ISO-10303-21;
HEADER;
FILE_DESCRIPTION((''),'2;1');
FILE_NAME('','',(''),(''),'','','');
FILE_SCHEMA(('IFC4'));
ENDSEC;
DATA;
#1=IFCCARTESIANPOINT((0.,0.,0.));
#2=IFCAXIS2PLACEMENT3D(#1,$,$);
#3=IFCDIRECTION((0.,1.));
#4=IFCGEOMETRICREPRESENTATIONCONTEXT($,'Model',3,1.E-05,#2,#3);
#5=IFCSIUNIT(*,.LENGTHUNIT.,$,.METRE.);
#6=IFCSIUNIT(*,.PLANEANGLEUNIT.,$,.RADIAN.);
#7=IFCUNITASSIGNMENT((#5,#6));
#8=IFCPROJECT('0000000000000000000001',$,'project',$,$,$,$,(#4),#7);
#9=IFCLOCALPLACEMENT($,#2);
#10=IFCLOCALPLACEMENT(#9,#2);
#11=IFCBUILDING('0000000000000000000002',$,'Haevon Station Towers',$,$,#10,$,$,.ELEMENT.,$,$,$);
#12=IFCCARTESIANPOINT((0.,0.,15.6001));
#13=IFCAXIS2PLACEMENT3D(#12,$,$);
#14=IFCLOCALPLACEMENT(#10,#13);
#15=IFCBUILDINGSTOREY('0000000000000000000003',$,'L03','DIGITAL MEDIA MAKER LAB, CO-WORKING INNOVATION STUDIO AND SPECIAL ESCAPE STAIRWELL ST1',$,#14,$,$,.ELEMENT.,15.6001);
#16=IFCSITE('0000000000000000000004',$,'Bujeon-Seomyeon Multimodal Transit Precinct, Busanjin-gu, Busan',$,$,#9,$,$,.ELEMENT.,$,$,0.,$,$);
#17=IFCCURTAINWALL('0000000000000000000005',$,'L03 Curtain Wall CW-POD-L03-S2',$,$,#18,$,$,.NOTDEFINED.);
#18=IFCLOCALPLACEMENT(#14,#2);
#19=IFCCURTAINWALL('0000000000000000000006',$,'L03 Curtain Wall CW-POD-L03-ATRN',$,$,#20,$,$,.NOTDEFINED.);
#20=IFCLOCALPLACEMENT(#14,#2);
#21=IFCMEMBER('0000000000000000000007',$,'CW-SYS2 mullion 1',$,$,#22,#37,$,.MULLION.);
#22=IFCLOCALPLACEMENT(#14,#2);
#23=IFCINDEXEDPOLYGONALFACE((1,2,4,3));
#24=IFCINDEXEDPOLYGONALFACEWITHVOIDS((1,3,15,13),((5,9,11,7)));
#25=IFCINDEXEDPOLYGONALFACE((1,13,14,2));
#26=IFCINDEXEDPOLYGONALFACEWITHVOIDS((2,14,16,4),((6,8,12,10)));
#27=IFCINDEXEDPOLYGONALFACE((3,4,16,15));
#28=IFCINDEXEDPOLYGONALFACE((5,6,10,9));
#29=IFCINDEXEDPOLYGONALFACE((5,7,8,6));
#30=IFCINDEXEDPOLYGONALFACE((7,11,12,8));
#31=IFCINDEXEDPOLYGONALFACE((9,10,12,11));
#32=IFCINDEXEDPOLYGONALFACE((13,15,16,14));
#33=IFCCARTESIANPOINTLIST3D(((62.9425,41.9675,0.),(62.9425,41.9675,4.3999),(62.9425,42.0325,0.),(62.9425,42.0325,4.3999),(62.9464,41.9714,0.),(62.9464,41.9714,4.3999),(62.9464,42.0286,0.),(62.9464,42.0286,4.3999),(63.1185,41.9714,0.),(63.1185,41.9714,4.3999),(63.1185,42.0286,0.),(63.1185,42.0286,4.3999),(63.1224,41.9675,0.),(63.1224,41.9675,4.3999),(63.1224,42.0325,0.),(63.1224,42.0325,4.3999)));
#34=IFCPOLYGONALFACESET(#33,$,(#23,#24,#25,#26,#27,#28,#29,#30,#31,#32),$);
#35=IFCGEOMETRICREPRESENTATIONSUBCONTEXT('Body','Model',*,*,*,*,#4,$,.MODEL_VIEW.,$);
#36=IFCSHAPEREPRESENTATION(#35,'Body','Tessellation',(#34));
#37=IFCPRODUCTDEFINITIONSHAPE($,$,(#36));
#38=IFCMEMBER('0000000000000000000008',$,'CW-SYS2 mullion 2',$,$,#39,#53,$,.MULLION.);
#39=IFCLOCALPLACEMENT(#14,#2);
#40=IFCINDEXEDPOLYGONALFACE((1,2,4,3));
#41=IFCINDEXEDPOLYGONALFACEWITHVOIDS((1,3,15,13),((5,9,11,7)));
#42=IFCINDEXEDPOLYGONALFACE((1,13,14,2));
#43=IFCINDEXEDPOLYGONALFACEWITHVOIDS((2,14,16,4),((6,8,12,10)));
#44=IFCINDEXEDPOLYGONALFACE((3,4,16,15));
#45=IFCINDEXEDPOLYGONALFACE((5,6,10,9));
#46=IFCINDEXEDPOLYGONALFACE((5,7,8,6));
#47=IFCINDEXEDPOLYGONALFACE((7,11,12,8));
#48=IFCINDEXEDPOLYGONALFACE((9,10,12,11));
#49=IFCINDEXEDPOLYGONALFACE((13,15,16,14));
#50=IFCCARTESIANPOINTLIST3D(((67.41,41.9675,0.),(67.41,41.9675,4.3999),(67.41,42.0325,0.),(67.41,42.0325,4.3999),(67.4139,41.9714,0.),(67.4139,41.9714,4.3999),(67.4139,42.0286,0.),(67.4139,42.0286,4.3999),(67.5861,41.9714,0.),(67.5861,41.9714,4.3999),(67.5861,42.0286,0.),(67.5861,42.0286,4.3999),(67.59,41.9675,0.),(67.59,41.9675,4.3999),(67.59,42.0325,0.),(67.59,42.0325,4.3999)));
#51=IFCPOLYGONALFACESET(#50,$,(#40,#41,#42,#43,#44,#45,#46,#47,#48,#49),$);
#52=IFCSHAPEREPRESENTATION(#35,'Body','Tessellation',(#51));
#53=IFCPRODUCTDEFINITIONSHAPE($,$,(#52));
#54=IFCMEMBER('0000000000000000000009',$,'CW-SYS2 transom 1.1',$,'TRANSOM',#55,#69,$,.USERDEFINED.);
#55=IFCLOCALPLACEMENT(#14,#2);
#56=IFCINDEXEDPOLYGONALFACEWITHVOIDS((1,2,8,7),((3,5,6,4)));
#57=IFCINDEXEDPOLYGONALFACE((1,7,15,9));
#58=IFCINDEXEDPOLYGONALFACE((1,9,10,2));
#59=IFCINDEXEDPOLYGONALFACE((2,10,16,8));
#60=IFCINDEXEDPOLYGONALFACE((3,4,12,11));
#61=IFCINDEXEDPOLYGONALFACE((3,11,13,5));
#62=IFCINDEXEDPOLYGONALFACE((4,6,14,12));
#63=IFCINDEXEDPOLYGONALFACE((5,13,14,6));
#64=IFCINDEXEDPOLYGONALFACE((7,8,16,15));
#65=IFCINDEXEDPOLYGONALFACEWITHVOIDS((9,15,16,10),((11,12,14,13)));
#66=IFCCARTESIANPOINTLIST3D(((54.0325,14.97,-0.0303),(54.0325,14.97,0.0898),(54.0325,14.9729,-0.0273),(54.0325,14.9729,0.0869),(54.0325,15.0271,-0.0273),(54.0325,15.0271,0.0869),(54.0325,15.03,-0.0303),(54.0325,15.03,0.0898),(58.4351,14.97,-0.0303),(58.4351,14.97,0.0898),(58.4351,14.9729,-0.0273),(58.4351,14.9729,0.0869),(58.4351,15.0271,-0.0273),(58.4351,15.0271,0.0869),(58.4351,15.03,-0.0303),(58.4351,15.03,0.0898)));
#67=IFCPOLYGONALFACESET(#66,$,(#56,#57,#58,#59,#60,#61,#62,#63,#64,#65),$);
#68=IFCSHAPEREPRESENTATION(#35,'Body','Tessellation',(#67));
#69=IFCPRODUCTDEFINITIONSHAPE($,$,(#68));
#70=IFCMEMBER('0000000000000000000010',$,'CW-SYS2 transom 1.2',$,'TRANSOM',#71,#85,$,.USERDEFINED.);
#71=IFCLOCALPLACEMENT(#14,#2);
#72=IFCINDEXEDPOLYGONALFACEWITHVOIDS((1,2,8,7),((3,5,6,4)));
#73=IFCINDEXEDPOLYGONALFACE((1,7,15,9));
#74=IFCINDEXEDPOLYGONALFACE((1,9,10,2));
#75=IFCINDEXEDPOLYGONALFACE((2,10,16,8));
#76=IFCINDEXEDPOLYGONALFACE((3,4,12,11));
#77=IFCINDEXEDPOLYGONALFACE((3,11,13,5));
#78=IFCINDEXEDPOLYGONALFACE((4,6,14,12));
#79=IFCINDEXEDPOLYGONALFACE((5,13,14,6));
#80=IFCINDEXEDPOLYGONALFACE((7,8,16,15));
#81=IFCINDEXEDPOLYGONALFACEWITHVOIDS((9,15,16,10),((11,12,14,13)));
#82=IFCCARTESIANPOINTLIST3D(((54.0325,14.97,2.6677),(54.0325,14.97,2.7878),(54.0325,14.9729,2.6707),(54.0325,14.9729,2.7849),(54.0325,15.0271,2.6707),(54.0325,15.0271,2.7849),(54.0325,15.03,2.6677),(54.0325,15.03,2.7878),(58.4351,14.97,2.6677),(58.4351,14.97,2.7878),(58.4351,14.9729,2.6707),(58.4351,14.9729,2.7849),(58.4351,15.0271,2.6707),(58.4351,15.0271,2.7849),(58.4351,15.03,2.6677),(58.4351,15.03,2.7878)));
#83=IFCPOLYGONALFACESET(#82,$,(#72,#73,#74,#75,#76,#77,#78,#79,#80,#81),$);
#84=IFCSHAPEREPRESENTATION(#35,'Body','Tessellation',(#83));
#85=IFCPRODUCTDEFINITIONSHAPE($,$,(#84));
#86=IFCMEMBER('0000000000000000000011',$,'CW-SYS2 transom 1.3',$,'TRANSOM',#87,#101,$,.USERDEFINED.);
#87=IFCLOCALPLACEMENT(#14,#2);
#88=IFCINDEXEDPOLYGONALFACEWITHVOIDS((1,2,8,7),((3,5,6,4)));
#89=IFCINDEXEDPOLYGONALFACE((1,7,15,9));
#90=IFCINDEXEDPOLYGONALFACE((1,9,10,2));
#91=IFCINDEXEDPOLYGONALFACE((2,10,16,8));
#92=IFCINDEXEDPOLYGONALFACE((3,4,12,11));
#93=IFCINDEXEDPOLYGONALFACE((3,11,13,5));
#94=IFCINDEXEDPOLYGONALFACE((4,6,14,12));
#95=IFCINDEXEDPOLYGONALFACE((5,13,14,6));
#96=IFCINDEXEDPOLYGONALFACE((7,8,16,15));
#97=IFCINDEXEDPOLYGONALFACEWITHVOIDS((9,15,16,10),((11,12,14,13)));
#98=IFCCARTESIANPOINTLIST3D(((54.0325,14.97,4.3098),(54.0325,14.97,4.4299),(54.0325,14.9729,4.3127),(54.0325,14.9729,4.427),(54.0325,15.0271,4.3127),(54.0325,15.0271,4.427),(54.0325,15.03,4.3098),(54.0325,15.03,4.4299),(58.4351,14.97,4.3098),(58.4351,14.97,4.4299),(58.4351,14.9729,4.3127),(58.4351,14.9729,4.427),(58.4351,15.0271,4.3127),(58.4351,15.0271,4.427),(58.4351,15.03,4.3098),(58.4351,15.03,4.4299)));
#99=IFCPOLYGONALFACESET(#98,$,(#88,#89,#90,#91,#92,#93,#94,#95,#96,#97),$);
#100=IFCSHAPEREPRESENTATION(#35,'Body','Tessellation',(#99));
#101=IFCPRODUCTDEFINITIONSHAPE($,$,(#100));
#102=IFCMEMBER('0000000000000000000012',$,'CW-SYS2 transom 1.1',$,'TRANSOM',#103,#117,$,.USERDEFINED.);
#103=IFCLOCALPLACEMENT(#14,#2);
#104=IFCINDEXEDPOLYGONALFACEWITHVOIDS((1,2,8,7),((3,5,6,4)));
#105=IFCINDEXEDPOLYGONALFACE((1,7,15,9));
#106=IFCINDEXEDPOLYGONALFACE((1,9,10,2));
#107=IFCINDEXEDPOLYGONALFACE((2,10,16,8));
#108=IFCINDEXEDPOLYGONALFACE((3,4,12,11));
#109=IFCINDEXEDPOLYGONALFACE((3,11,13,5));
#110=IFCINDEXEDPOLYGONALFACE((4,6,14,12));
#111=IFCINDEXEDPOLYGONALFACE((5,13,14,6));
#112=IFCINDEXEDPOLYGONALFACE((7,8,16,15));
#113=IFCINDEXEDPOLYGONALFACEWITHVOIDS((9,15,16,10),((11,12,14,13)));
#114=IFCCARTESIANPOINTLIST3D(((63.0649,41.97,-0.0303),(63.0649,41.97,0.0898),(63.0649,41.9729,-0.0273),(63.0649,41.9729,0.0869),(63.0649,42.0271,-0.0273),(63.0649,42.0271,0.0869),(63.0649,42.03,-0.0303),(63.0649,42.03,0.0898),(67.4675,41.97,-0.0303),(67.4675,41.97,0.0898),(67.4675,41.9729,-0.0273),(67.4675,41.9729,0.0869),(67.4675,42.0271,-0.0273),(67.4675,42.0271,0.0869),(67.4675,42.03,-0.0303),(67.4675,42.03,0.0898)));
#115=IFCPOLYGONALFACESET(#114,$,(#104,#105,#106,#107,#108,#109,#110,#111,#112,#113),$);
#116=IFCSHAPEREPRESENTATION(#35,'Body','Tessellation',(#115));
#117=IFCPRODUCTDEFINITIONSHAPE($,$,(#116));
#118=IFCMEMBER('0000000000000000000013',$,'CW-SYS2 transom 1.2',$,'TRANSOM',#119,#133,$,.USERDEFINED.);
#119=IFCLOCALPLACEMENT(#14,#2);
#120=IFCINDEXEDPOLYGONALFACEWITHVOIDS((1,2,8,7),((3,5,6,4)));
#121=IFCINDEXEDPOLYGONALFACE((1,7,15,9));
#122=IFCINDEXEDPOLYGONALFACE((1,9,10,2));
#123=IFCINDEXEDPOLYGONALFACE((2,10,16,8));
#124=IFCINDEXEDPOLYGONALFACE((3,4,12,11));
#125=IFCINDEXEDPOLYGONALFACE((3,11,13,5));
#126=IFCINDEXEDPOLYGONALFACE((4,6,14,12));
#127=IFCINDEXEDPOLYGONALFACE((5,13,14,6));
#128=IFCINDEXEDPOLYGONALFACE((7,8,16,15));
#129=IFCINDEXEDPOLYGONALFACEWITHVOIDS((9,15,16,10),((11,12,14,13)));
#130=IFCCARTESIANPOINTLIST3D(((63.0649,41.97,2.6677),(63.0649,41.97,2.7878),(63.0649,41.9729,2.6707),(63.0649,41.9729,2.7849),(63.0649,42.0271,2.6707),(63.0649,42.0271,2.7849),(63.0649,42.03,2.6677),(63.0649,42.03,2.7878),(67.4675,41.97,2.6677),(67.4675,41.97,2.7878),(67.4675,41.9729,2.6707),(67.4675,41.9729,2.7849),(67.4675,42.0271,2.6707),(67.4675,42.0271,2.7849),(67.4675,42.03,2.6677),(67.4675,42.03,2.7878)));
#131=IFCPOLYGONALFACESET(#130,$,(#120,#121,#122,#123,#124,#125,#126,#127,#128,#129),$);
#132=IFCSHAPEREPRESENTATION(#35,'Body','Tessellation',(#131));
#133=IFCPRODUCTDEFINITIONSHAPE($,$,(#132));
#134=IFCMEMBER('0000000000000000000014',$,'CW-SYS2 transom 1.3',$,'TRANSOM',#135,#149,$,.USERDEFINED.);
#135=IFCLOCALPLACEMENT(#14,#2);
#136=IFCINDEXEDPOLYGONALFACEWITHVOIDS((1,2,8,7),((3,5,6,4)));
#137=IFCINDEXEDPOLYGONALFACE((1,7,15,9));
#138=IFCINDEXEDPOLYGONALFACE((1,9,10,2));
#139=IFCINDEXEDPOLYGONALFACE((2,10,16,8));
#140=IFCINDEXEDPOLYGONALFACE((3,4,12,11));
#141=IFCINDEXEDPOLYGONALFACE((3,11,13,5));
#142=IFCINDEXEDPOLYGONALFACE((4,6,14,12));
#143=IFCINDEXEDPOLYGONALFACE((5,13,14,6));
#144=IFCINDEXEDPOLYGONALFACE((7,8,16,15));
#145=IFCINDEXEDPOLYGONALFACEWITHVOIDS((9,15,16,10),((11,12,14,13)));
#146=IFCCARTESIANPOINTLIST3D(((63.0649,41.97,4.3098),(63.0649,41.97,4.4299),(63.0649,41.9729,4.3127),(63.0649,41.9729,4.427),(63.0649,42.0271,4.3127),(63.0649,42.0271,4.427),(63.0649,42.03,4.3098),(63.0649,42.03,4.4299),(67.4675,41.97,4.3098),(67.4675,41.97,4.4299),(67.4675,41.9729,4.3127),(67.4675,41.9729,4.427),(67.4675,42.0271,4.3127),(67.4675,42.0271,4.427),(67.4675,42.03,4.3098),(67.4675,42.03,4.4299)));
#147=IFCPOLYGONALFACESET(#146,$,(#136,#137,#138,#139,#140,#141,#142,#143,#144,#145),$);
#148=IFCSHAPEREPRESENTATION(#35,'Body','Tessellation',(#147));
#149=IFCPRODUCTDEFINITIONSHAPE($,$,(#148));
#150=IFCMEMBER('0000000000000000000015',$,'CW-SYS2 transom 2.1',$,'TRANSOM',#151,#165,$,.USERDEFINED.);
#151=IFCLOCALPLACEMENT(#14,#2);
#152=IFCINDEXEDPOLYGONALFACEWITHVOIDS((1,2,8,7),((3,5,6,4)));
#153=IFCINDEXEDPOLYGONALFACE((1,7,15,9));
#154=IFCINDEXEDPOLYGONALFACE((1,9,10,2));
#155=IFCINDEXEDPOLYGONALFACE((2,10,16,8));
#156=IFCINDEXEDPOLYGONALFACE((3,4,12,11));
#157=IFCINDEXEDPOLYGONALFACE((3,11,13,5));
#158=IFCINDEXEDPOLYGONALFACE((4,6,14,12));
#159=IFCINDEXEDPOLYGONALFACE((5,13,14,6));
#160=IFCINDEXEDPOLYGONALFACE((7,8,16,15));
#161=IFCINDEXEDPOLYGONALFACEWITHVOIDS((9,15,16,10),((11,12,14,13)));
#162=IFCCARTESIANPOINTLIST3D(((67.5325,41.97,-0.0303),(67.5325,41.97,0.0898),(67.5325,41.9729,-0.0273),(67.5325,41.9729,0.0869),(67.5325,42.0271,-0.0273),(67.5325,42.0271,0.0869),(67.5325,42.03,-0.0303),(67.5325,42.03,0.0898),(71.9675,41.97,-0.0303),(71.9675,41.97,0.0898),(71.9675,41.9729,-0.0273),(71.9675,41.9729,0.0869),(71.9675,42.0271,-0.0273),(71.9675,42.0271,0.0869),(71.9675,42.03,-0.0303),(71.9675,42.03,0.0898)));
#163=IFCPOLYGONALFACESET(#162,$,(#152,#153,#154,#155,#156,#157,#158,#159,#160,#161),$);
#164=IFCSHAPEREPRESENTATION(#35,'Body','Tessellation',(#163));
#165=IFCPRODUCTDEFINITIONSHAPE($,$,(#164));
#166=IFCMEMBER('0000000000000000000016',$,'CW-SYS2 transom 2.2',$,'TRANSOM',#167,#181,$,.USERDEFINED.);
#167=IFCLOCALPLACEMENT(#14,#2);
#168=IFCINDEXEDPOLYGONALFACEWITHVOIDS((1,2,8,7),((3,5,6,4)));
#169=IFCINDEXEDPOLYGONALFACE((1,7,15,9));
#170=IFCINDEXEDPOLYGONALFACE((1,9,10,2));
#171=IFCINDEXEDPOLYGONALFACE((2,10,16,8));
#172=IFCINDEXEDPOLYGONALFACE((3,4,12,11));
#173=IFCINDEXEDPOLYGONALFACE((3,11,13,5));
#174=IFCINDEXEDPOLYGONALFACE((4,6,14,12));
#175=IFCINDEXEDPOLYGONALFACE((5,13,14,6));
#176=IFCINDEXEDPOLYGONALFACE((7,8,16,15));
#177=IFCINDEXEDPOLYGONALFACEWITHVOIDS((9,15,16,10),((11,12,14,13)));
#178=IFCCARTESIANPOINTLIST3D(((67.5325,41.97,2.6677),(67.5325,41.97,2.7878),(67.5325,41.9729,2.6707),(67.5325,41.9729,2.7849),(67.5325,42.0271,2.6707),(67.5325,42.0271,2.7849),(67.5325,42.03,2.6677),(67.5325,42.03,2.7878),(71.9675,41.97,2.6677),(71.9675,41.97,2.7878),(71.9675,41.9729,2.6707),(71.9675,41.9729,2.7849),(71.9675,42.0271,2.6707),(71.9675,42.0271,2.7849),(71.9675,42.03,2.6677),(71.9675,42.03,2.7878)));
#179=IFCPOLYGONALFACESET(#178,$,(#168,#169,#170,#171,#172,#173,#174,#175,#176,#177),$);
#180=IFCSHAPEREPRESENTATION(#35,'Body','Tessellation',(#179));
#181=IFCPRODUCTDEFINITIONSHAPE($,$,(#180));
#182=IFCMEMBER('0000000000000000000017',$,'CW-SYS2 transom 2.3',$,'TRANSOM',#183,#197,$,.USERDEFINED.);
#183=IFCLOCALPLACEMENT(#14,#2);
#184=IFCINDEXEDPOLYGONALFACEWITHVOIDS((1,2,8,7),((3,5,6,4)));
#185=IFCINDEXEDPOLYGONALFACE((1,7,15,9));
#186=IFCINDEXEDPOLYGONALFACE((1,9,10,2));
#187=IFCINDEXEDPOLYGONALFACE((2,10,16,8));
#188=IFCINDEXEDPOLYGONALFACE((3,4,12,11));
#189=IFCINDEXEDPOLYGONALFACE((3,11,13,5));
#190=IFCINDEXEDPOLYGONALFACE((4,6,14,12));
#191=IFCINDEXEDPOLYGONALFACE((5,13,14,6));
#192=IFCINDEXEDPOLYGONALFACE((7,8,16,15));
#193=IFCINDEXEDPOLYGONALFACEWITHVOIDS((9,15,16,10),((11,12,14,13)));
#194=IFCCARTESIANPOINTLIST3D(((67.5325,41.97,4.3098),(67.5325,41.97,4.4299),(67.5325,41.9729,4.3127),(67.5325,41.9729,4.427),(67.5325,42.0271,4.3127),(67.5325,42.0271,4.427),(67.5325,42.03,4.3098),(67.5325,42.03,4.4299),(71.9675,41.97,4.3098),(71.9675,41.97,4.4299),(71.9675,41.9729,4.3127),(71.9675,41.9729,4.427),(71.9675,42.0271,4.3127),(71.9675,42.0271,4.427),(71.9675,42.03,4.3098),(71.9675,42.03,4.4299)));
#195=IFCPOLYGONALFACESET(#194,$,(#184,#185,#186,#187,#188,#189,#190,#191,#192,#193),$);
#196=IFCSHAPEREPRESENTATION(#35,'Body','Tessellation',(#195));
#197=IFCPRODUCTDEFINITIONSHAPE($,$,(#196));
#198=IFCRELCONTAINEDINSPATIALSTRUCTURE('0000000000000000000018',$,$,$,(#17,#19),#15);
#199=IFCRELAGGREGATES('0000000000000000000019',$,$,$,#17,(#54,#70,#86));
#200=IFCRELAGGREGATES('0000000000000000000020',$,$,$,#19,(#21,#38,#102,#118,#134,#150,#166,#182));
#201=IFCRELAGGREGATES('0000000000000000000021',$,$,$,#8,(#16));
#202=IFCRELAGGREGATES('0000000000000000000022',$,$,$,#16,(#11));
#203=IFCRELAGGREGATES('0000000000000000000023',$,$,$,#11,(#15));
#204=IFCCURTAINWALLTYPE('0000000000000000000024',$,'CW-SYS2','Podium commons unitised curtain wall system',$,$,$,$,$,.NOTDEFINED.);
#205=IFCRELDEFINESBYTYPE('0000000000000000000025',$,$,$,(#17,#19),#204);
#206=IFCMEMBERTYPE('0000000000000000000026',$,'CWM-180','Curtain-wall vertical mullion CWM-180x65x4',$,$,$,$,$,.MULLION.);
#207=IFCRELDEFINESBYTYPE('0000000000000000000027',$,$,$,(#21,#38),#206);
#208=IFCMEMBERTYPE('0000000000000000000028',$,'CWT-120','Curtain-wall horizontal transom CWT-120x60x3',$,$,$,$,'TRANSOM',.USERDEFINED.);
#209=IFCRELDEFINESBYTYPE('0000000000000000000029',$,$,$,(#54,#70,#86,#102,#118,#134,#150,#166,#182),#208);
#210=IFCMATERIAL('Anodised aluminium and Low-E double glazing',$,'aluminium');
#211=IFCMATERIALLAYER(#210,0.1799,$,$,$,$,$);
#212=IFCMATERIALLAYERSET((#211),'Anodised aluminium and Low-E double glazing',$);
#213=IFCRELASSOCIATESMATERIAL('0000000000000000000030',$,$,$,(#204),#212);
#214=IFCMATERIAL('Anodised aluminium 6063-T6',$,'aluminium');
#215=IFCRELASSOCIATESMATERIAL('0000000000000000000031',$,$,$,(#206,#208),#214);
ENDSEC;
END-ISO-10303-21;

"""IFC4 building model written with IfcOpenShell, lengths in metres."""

from ifc_helpers import new_model, si_unit, direction, frame, origin, origin_2d, place, context, subcontext, project, spatial, hollow_rectangle, extrude, material, layer, layer_set, material_profile, profile_set, type_object, element, aggregate, save


model = new_model("IFC4")

# Units and contexts
model_context = context("Model", 3, precision=1e-05, world=origin(), true_north=direction((0.0, 1.0)))
body_context = subcontext(model_context, "Body", "Model", "MODEL_VIEW")
ifc_project = project(units=[si_unit("LENGTHUNIT", "METRE"), si_unit("PLANEANGLEUNIT", "RADIAN")], contexts=[model_context])

# Site, building, storey
site_placement = place(None, origin())
site = spatial("IfcSite", under=ifc_project, at=site_placement, Name="Bujeon-Seomyeon Multimodal Transit Precinct, Busanjin-gu, Busan", CompositionType="ELEMENT", RefElevation=0.0)
building_placement = place(site_placement, origin())
building = spatial("IfcBuilding", under=site, at=building_placement, Name="Haevon Station Towers", CompositionType="ELEMENT")
storey_placement = place(building_placement, frame((0.0, 0.0, 15.6001)))
storey = spatial("IfcBuildingStorey", under=building, at=storey_placement, Name="L03", Description="DIGITAL MEDIA MAKER LAB, CO-WORKING INNOVATION STUDIO AND SPECIAL ESCAPE STAIRWELL ST1", CompositionType="ELEMENT", Elevation=15.6001)

# Curtain walls, members
ifc_material_1 = material(Name="Anodised aluminium and Low-E double glazing", Category="aluminium")
ifc_layer_1 = layer(ifc_material_1, 0.1799)
ifc_layer_set_1 = layer_set([ifc_layer_1], Name="Anodised aluminium and Low-E double glazing")
curtain_wall_type = type_object("IfcCurtainWallType", Name="CW-SYS2", Description="Podium commons unitised curtain wall system", PredefinedType="NOTDEFINED", material=ifc_layer_set_1)
curtain_wall_1_placement = place(storey_placement, origin())
curtain_wall_1 = element("IfcCurtainWall", 1, at=curtain_wall_1_placement, inside=storey, type_object=curtain_wall_type, Name="L03 Curtain Wall CW-POD-L03-S2", PredefinedType="NOTDEFINED")
ifc_material_2 = material(Name="Anodised aluminium 6063-T6", Category="aluminium")
ifc_material_profile_1 = material_profile(ifc_material_2, hollow_rectangle(XDim=0.0649, YDim=0.1799, WallThickness=0.0039, at=origin_2d()), Name="CWM-180x65x4")
ifc_profile_set_1 = profile_set([ifc_material_profile_1], Name="Anodised aluminium 6063-T6")
member_type_1 = type_object("IfcMemberType", Name="CWM-180", Description="Curtain-wall vertical mullion CWM-180x65x4", PredefinedType="MULLION", material=ifc_profile_set_1)
curtain_wall_2_placement = place(storey_placement, origin())
curtain_wall_2 = element("IfcCurtainWall", 2, at=curtain_wall_2_placement, inside=storey, type_object=curtain_wall_type, Name="L03 Curtain Wall CW-POD-L03-ATRN", PredefinedType="NOTDEFINED")
member_1_placement = place(storey_placement, frame((63.0325, 42.0, 0.0), z_axis=(0.0, 0.0, 1.0), x_axis=(0.0, 1.0, 0.0)))
member_1 = element("IfcMember", 3, at=member_1_placement, type_object=member_type_1, Name="CW-SYS2 mullion 1", PredefinedType="MULLION", context=body_context, shape_type="SweptSolid", body=[
    extrude(hollow_rectangle(XDim=0.0649, YDim=0.1799, WallThickness=0.0039, at=origin_2d()), origin(), (0.0, 0.0, 1.0), 4.3999),
])
member_2_placement = place(storey_placement, frame((67.5, 42.0, 0.0), z_axis=(0.0, 0.0, 1.0), x_axis=(0.0, 1.0, 0.0)))
member_2 = element("IfcMember", 4, at=member_2_placement, type_object=member_type_1, Name="CW-SYS2 mullion 2", PredefinedType="MULLION", context=body_context, shape_type="SweptSolid", body=[
    extrude(hollow_rectangle(XDim=0.0649, YDim=0.1799, WallThickness=0.0039, at=origin_2d()), origin(), (0.0, 0.0, 1.0), 4.3999),
])

# Members
ifc_material_profile_2 = material_profile(ifc_material_2, hollow_rectangle(XDim=0.0601, YDim=0.1201, WallThickness=0.0029, at=origin_2d()), Name="CWT-120x60x3")
ifc_profile_set_2 = profile_set([ifc_material_profile_2], Name="Anodised aluminium 6063-T6")
member_type_2 = type_object("IfcMemberType", Name="CWT-120", Description="Curtain-wall horizontal transom CWT-120x60x3", ElementType="TRANSOM", PredefinedType="USERDEFINED", material=ifc_profile_set_2)
member_3_placement = place(storey_placement, frame((58.4351, 15.0, 0.0298), z_axis=(-1.0, 0.0, 0.0), x_axis=(0.0, -1.0, 0.0)))
member_3 = element("IfcMember", 5, at=member_3_placement, type_object=member_type_2, Name="CW-SYS2 transom 1.1", ObjectType="TRANSOM", PredefinedType="USERDEFINED", context=body_context, shape_type="SweptSolid", body=[
    extrude(hollow_rectangle(XDim=0.0601, YDim=0.1201, WallThickness=0.0029, at=origin_2d()), origin(), (0.0, 0.0, 1.0), 4.4026),
])
member_4_placement = place(storey_placement, frame((58.4351, 15.0, 2.7278), z_axis=(-1.0, 0.0, 0.0), x_axis=(0.0, -1.0, 0.0)))
member_4 = element("IfcMember", 6, at=member_4_placement, type_object=member_type_2, Name="CW-SYS2 transom 1.2", ObjectType="TRANSOM", PredefinedType="USERDEFINED", context=body_context, shape_type="SweptSolid", body=[
    extrude(hollow_rectangle(XDim=0.0601, YDim=0.1201, WallThickness=0.0029, at=origin_2d()), origin(), (0.0, 0.0, 1.0), 4.4026),
])
member_5_placement = place(storey_placement, frame((58.4351, 15.0, 4.3699), z_axis=(-1.0, 0.0, 0.0), x_axis=(0.0, -1.0, 0.0)))
member_5 = element("IfcMember", 7, at=member_5_placement, type_object=member_type_2, Name="CW-SYS2 transom 1.3", ObjectType="TRANSOM", PredefinedType="USERDEFINED", context=body_context, shape_type="SweptSolid", body=[
    extrude(hollow_rectangle(XDim=0.0601, YDim=0.1201, WallThickness=0.0029, at=origin_2d()), origin(), (0.0, 0.0, 1.0), 4.4026),
])
member_6_placement = place(storey_placement, frame((63.0649, 42.0, 0.0298), z_axis=(1.0, 0.0, 0.0), x_axis=(0.0, 1.0, 0.0)))
member_6 = element("IfcMember", 8, at=member_6_placement, type_object=member_type_2, Name="CW-SYS2 transom 1.1", ObjectType="TRANSOM", PredefinedType="USERDEFINED", context=body_context, shape_type="SweptSolid", body=[
    extrude(hollow_rectangle(XDim=0.0601, YDim=0.1201, WallThickness=0.0029, at=origin_2d()), origin(), (0.0, 0.0, 1.0), 4.4026),
])
member_7_placement = place(storey_placement, frame((63.0649, 42.0, 2.7278), z_axis=(1.0, 0.0, 0.0), x_axis=(0.0, 1.0, 0.0)))
member_7 = element("IfcMember", 9, at=member_7_placement, type_object=member_type_2, Name="CW-SYS2 transom 1.2", ObjectType="TRANSOM", PredefinedType="USERDEFINED", context=body_context, shape_type="SweptSolid", body=[
    extrude(hollow_rectangle(XDim=0.0601, YDim=0.1201, WallThickness=0.0029, at=origin_2d()), origin(), (0.0, 0.0, 1.0), 4.4026),
])
member_8_placement = place(storey_placement, frame((63.0649, 42.0, 4.3699), z_axis=(1.0, 0.0, 0.0), x_axis=(0.0, 1.0, 0.0)))
member_8 = element("IfcMember", 10, at=member_8_placement, type_object=member_type_2, Name="CW-SYS2 transom 1.3", ObjectType="TRANSOM", PredefinedType="USERDEFINED", context=body_context, shape_type="SweptSolid", body=[
    extrude(hollow_rectangle(XDim=0.0601, YDim=0.1201, WallThickness=0.0029, at=origin_2d()), origin(), (0.0, 0.0, 1.0), 4.4026),
])
member_9_placement = place(storey_placement, frame((67.5325, 42.0, 0.0298), z_axis=(1.0, 0.0, 0.0), x_axis=(0.0, 1.0, 0.0)))
member_9 = element("IfcMember", 11, at=member_9_placement, type_object=member_type_2, Name="CW-SYS2 transom 2.1", ObjectType="TRANSOM", PredefinedType="USERDEFINED", context=body_context, shape_type="SweptSolid", body=[
    extrude(hollow_rectangle(XDim=0.0601, YDim=0.1201, WallThickness=0.0029, at=origin_2d()), origin(), (0.0, 0.0, 1.0), 4.4351),
])
member_10_placement = place(storey_placement, frame((67.5325, 42.0, 2.7278), z_axis=(1.0, 0.0, 0.0), x_axis=(0.0, 1.0, 0.0)))
member_10 = element("IfcMember", 12, at=member_10_placement, type_object=member_type_2, Name="CW-SYS2 transom 2.2", ObjectType="TRANSOM", PredefinedType="USERDEFINED", context=body_context, shape_type="SweptSolid", body=[
    extrude(hollow_rectangle(XDim=0.0601, YDim=0.1201, WallThickness=0.0029, at=origin_2d()), origin(), (0.0, 0.0, 1.0), 4.4351),
])
member_11_placement = place(storey_placement, frame((67.5325, 42.0, 4.3699), z_axis=(1.0, 0.0, 0.0), x_axis=(0.0, 1.0, 0.0)))
member_11 = element("IfcMember", 13, at=member_11_placement, type_object=member_type_2, Name="CW-SYS2 transom 2.3", ObjectType="TRANSOM", PredefinedType="USERDEFINED", context=body_context, shape_type="SweptSolid", body=[
    extrude(hollow_rectangle(XDim=0.0601, YDim=0.1201, WallThickness=0.0029, at=origin_2d()), origin(), (0.0, 0.0, 1.0), 4.4351),
])

aggregate(curtain_wall_1, [member_3, member_4, member_5])
aggregate(curtain_wall_2, [member_1, member_2, member_6, member_7, member_8, member_9, member_10, member_11])

save(model, "model.ifc")
